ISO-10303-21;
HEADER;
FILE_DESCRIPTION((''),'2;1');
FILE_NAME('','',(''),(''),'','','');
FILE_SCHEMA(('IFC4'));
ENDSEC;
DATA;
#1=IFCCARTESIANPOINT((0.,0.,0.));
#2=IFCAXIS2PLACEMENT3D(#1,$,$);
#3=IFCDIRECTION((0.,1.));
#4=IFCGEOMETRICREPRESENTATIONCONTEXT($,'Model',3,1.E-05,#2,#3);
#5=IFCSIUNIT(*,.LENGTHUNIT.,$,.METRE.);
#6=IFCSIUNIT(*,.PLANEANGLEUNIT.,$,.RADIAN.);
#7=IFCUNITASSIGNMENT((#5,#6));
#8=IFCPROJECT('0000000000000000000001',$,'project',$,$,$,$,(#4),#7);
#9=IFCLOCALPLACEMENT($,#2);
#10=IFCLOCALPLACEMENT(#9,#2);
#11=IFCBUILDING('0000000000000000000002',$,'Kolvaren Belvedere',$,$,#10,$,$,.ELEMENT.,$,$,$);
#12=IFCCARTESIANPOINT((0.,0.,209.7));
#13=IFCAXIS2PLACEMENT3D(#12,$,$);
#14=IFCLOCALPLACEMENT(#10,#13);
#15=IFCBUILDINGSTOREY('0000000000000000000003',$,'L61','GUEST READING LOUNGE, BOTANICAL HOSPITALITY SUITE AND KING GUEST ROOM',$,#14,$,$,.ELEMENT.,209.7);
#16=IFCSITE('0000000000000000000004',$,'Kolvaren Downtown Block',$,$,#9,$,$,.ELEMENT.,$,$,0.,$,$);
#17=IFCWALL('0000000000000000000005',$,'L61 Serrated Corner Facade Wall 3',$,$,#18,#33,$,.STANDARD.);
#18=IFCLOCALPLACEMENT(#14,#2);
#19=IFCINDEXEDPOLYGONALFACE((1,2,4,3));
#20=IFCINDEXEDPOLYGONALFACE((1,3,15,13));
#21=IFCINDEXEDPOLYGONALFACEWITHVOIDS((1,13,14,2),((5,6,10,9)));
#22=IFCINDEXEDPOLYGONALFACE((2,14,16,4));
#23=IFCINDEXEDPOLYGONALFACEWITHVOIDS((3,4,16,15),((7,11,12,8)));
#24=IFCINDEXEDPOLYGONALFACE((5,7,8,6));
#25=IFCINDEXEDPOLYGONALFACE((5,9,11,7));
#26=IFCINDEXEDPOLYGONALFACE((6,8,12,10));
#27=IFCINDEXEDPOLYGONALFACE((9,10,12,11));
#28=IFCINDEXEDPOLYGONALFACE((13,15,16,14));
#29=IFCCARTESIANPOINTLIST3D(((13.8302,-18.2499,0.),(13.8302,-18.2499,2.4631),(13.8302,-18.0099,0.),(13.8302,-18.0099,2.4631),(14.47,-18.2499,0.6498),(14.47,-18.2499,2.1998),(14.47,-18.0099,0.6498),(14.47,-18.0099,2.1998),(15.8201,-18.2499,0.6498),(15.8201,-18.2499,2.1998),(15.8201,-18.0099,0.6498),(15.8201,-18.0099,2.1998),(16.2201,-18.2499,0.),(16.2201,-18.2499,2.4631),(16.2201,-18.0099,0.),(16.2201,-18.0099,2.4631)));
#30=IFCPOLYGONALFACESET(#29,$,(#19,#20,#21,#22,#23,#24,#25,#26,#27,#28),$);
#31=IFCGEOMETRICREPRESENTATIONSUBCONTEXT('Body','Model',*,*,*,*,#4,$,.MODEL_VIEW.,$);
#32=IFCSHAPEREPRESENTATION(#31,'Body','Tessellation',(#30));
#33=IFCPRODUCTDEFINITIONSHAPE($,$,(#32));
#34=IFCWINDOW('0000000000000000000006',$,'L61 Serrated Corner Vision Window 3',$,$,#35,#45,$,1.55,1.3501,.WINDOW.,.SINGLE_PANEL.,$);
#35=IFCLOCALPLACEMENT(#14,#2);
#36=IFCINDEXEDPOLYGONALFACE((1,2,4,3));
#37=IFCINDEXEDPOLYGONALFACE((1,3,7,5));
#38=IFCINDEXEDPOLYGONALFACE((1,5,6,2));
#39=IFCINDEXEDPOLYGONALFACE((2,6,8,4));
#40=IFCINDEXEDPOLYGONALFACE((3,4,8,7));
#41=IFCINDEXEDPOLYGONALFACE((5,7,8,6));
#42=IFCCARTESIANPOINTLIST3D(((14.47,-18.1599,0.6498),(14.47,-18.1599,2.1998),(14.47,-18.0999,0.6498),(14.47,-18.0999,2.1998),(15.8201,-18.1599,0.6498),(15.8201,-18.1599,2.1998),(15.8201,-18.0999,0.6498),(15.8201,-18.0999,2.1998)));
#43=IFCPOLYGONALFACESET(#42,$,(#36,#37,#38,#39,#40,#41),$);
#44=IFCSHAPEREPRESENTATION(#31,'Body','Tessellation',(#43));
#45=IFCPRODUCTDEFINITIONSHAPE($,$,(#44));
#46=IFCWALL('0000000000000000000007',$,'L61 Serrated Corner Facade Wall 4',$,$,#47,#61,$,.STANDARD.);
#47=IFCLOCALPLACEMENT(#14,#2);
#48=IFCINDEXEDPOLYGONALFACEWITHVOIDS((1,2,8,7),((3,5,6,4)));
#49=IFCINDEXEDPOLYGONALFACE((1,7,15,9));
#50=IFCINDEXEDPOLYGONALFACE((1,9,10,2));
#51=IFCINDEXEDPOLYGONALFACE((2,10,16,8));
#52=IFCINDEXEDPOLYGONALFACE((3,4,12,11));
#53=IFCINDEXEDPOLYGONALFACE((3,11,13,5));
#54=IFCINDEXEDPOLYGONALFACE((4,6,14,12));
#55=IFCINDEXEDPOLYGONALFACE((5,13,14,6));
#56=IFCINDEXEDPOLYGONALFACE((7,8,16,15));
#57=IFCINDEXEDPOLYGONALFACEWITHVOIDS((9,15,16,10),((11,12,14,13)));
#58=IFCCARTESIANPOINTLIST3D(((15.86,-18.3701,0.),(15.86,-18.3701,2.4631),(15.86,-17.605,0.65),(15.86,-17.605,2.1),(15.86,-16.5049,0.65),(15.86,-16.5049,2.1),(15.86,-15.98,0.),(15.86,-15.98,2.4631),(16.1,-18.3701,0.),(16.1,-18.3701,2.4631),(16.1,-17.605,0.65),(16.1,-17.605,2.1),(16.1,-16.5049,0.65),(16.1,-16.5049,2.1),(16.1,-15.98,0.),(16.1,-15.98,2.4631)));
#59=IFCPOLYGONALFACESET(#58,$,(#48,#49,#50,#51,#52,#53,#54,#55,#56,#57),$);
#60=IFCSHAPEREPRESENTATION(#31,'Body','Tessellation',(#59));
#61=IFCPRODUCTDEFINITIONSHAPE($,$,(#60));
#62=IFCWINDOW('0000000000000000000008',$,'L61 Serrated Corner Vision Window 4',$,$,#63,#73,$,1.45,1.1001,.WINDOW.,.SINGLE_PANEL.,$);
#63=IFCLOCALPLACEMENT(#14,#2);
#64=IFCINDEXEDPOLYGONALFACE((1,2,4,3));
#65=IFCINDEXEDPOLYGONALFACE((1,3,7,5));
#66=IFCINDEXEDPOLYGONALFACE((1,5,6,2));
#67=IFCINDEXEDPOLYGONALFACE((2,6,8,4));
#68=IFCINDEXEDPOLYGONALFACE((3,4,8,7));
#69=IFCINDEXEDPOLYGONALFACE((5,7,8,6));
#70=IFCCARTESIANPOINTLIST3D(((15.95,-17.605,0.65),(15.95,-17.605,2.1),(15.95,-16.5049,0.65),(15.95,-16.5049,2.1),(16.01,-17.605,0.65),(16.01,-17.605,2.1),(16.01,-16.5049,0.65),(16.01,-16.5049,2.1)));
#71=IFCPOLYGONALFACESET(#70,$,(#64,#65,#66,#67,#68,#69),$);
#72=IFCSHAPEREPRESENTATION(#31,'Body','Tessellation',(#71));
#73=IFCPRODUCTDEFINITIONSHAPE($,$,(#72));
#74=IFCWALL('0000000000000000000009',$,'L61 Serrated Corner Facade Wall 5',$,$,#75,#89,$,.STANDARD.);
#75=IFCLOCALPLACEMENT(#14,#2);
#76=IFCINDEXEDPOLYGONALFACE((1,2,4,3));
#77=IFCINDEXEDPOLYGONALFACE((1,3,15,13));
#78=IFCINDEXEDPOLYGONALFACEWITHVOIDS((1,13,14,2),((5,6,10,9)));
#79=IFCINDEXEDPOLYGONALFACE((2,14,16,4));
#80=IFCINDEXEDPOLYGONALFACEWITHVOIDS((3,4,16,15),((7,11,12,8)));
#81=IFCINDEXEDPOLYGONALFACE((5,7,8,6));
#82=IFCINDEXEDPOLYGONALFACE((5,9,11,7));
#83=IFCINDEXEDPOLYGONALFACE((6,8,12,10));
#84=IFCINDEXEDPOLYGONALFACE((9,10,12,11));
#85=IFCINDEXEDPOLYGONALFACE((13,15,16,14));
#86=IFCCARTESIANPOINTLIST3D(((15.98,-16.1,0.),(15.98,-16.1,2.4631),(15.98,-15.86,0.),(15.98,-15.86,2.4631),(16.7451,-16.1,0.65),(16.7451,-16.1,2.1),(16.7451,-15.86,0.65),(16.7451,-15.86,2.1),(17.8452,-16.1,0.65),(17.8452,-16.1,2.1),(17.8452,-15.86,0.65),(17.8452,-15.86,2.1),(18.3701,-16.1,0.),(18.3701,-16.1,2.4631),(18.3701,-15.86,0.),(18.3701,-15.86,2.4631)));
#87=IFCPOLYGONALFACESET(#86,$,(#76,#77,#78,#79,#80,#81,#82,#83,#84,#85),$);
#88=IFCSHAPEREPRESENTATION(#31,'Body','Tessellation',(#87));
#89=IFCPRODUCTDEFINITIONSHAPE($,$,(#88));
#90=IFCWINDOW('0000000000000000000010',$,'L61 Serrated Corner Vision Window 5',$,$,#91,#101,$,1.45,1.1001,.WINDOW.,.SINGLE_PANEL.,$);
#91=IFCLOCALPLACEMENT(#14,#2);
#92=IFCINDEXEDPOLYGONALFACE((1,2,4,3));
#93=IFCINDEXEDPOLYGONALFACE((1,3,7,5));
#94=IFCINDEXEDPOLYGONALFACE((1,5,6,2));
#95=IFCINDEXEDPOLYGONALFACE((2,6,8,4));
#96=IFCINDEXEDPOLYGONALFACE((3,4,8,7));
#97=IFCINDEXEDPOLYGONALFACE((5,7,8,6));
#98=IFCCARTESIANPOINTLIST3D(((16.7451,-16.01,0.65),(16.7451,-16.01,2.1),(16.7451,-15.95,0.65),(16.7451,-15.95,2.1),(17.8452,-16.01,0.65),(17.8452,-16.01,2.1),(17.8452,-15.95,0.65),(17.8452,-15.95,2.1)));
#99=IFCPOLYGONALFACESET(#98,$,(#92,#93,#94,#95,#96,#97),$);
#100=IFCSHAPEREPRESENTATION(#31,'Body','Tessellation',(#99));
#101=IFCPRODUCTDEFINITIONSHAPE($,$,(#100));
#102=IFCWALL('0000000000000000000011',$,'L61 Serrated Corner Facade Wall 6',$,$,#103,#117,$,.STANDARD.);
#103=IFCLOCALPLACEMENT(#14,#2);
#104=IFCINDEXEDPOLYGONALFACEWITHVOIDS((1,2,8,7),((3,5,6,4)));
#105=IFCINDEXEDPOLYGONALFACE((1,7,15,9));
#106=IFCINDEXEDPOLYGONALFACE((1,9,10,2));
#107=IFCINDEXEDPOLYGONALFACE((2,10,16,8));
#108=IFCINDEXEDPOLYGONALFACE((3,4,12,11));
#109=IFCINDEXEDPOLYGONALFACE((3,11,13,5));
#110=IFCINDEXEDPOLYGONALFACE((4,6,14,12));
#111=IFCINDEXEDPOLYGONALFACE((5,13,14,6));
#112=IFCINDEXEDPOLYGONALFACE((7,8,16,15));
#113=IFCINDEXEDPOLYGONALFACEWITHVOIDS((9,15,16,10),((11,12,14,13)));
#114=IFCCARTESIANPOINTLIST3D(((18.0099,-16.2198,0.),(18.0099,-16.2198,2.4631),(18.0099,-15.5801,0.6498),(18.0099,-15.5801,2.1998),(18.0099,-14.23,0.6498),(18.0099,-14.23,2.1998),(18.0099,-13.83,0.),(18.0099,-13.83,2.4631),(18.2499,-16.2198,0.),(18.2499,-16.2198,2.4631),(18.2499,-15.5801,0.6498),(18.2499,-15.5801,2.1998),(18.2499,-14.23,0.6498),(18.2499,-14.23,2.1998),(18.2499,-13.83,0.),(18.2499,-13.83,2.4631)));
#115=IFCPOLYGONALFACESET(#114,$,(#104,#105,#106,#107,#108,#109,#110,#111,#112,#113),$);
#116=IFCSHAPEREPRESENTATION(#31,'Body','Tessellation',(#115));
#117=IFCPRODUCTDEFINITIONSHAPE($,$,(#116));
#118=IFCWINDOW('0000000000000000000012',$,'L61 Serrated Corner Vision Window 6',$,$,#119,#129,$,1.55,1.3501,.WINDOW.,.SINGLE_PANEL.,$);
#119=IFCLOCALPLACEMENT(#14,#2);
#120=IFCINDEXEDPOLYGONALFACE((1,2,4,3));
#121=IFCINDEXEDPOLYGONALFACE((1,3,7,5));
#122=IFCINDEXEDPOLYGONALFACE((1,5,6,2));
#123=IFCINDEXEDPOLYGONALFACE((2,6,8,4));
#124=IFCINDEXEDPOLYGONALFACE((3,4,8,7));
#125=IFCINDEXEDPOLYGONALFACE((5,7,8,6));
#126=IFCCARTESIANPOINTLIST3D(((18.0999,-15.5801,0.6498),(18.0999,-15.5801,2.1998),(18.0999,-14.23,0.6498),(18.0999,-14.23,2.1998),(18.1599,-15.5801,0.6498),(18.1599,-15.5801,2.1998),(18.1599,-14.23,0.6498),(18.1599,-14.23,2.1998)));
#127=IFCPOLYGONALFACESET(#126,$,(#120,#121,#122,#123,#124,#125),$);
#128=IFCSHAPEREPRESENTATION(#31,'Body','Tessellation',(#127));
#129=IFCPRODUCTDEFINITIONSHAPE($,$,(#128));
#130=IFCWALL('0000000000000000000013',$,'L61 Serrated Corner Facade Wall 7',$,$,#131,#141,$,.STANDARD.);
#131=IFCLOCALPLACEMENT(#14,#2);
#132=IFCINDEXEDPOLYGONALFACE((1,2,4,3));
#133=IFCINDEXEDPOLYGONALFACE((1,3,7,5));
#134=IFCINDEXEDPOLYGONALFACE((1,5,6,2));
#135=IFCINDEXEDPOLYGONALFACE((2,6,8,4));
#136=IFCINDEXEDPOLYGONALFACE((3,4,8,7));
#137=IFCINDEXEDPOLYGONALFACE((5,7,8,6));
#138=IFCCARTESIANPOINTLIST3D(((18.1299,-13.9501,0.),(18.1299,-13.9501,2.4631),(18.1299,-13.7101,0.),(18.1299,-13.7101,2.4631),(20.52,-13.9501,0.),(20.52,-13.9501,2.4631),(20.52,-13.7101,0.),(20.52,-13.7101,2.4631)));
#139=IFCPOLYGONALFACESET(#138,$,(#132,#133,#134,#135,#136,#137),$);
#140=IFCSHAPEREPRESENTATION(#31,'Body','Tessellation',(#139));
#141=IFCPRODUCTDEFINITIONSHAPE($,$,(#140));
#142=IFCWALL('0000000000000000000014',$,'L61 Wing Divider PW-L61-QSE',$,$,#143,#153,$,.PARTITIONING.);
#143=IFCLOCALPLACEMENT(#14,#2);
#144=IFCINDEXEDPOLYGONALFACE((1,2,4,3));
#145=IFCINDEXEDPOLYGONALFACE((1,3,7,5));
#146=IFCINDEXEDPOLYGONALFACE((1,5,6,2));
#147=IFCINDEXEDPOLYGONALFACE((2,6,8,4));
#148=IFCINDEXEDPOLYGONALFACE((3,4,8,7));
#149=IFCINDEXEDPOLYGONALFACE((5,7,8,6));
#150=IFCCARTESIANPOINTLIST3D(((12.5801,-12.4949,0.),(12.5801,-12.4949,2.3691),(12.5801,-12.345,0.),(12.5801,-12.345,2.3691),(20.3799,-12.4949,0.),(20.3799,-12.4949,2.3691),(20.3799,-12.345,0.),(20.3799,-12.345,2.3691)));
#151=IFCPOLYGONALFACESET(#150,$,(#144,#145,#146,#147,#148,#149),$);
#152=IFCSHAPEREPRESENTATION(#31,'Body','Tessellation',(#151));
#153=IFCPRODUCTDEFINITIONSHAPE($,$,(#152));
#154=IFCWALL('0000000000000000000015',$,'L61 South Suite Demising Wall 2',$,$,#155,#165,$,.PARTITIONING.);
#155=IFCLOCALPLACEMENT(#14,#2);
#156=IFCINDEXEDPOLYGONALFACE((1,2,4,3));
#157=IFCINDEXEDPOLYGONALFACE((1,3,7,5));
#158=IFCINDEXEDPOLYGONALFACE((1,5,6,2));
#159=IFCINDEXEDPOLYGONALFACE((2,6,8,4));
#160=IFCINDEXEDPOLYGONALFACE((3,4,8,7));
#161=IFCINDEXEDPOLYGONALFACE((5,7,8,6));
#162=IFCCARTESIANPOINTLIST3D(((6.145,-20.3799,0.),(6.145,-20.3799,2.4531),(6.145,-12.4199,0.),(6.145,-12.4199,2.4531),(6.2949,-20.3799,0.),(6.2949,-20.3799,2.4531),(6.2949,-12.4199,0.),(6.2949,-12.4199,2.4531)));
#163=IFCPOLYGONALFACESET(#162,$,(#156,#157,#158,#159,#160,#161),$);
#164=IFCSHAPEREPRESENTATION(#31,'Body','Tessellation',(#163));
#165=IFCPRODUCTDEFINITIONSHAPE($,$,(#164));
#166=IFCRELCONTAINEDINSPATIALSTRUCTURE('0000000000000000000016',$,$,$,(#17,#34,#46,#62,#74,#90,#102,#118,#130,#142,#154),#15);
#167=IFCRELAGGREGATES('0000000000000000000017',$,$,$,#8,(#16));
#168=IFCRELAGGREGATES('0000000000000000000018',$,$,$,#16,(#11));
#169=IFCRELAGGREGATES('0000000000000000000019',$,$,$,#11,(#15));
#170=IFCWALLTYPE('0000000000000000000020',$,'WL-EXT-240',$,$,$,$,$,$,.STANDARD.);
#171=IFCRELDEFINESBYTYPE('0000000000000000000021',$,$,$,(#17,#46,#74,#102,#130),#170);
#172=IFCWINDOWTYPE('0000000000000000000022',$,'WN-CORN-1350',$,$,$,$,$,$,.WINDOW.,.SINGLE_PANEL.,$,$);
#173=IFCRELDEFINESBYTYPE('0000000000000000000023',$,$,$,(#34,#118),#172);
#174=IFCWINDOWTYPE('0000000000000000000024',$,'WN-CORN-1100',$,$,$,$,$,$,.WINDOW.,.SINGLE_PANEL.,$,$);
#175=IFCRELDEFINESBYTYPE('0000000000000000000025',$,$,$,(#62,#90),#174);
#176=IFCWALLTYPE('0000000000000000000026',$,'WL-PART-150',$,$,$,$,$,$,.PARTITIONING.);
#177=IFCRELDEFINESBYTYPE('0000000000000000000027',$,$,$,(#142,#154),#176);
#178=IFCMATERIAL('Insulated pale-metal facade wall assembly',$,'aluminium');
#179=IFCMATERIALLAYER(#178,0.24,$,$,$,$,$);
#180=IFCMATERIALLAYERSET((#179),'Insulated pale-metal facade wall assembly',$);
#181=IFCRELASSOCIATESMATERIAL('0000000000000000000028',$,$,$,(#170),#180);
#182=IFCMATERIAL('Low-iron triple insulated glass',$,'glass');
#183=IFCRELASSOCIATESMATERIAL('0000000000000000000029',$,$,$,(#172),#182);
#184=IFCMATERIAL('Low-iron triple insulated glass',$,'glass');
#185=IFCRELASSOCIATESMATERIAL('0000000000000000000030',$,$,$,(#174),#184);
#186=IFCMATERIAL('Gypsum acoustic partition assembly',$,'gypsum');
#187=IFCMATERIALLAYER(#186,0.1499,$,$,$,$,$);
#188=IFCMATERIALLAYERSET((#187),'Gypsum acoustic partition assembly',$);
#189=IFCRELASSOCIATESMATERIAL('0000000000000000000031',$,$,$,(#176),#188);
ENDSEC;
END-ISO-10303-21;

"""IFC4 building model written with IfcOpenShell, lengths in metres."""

from ifc_helpers import new_model, si_unit, direction, frame, frame_2d, origin, place, context, subcontext, project, spatial, rectangle, extrude, material, layer, layer_set, type_object, element, fill, save


model = new_model("IFC4")

# Units and contexts
model_context = context("Model", 3, precision=1e-05, world=origin(), true_north=direction((0.0, 1.0)))
body_context = subcontext(model_context, "Body", "Model", "MODEL_VIEW")
ifc_project = project(units=[si_unit("LENGTHUNIT", "METRE"), si_unit("PLANEANGLEUNIT", "RADIAN")], contexts=[model_context])

# Site, building, storey
site_placement = place(None, origin())
site = spatial("IfcSite", under=ifc_project, at=site_placement, Name="Kolvaren Downtown Block", CompositionType="ELEMENT", RefElevation=0.0)
building_placement = place(site_placement, origin())
building = spatial("IfcBuilding", under=site, at=building_placement, Name="Kolvaren Belvedere", CompositionType="ELEMENT")
storey_placement = place(building_placement, frame((0.0, 0.0, 209.7)))
storey = spatial("IfcBuildingStorey", under=building, at=storey_placement, Name="L61", Description="GUEST READING LOUNGE, BOTANICAL HOSPITALITY SUITE AND KING GUEST ROOM", CompositionType="ELEMENT", Elevation=209.7)

# Shared definitions
ifc_material_1 = material(Name="Insulated pale-metal facade wall assembly", Category="aluminium")
ifc_layer_1 = layer(ifc_material_1, 0.24)
ifc_layer_set_1 = layer_set([ifc_layer_1], Name="Insulated pale-metal facade wall assembly")
wall_type_1 = type_object("IfcWallType", Name="WL-EXT-240", PredefinedType="STANDARD", material=ifc_layer_set_1)

# Walls, openings, windows
wall_1_placement = place(storey_placement, frame((16.22, -18.1299, 0.0), z_axis=(0.0, 0.0, 1.0), x_axis=(-1.0, 0.0, 0.0)))
wall_1 = element("IfcWall", 1, at=wall_1_placement, inside=storey, type_object=wall_type_1, Name="L61 Serrated Corner Facade Wall 3", PredefinedType="STANDARD", context=body_context, shape_type="SweptSolid", body=[
    extrude(rectangle(XDim=2.3899, YDim=0.24, at=frame_2d((1.1948, 0.0))), origin(), (0.0, 0.0, 1.0), 2.4631),
])
opening_1_placement = place(wall_1_placement, frame((0.3999, 0.0, 0.6499)))
opening_1 = element("IfcOpeningElement", 2, at=opening_1_placement, cuts=wall_1, PredefinedType="OPENING", context=body_context, shape_type="SweptSolid", body=[
    extrude(rectangle(XDim=1.3501, YDim=1.55, at=frame_2d((0.675, 0.7749))), frame((0.0, 0.1299, 0.0), z_axis=(0.0, -1.0, 0.0), x_axis=(1.0, 0.0, 0.0)), (0.0, 0.0, 1.0), 0.26),
])
ifc_material_2 = material(Name="Low-iron triple insulated glass", Category="glass")
window_type_1 = type_object("IfcWindowType", Name="WN-CORN-1350", PartitioningType="SINGLE_PANEL", PredefinedType="WINDOW", material=ifc_material_2)
window_1_placement = place(opening_1_placement, origin())
window_1 = element("IfcWindow", 3, at=window_1_placement, inside=storey, type_object=window_type_1, Name="L61 Serrated Corner Vision Window 3", OverallHeight=1.55, OverallWidth=1.3501, PartitioningType="SINGLE_PANEL", PredefinedType="WINDOW", context=body_context, shape_type="SweptSolid", body=[
    extrude(rectangle(XDim=1.3501, YDim=1.55, at=frame_2d((0.675, 0.7749))), frame((0.0, 0.03, 0.0), z_axis=(0.0, -1.0, 0.0), x_axis=(1.0, 0.0, 0.0)), (0.0, 0.0, 1.0), 0.0601),
])
fill(opening_1, window_1)
wall_2_placement = place(storey_placement, frame((15.98, -15.98, 0.0), z_axis=(0.0, 0.0, 1.0), x_axis=(0.0, -1.0, 0.0)))
wall_2 = element("IfcWall", 4, at=wall_2_placement, inside=storey, type_object=wall_type_1, Name="L61 Serrated Corner Facade Wall 4", PredefinedType="STANDARD", context=body_context, shape_type="SweptSolid", body=[
    extrude(rectangle(XDim=2.3901, YDim=0.24, at=frame_2d((1.1951, 0.0))), origin(), (0.0, 0.0, 1.0), 2.4631),
])
opening_2_placement = place(wall_2_placement, frame((0.5249, 0.0, 0.6499)))
opening_2 = element("IfcOpeningElement", 5, at=opening_2_placement, cuts=wall_2, PredefinedType="OPENING", context=body_context, shape_type="SweptSolid", body=[
    extrude(rectangle(XDim=1.1001, YDim=1.45, at=frame_2d((0.55, 0.7251))), frame((0.0, 0.1299, 0.0), z_axis=(0.0, -1.0, 0.0), x_axis=(1.0, 0.0, 0.0)), (0.0, 0.0, 1.0), 0.26),
])
ifc_material_3 = material(Name="Low-iron triple insulated glass", Category="glass")
window_type_2 = type_object("IfcWindowType", Name="WN-CORN-1100", PartitioningType="SINGLE_PANEL", PredefinedType="WINDOW", material=ifc_material_3)
window_2_placement = place(opening_2_placement, origin())
window_2 = element("IfcWindow", 6, at=window_2_placement, inside=storey, type_object=window_type_2, Name="L61 Serrated Corner Vision Window 4", OverallHeight=1.45, OverallWidth=1.1001, PartitioningType="SINGLE_PANEL", PredefinedType="WINDOW", context=body_context, shape_type="SweptSolid", body=[
    extrude(rectangle(XDim=1.1001, YDim=1.45, at=frame_2d((0.55, 0.7251))), frame((0.0, 0.03, 0.0), z_axis=(0.0, -1.0, 0.0), x_axis=(1.0, 0.0, 0.0)), (0.0, 0.0, 1.0), 0.0601),
])
fill(opening_2, window_2)
wall_3_placement = place(storey_placement, frame((18.3701, -15.98, 0.0), z_axis=(0.0, 0.0, 1.0), x_axis=(-1.0, 0.0, 0.0)))
wall_3 = element("IfcWall", 7, at=wall_3_placement, inside=storey, type_object=wall_type_1, Name="L61 Serrated Corner Facade Wall 5", PredefinedType="STANDARD", context=body_context, shape_type="SweptSolid", body=[
    extrude(rectangle(XDim=2.3901, YDim=0.24, at=frame_2d((1.1951, 0.0))), origin(), (0.0, 0.0, 1.0), 2.4631),
])
opening_3_placement = place(wall_3_placement, frame((0.5249, 0.0, 0.6499)))
opening_3 = element("IfcOpeningElement", 8, at=opening_3_placement, cuts=wall_3, PredefinedType="OPENING", context=body_context, shape_type="SweptSolid", body=[
    extrude(rectangle(XDim=1.1001, YDim=1.45, at=frame_2d((0.55, 0.7251))), frame((0.0, 0.1299, 0.0), z_axis=(0.0, -1.0, 0.0), x_axis=(1.0, 0.0, 0.0)), (0.0, 0.0, 1.0), 0.26),
])
window_3_placement = place(opening_3_placement, origin())
window_3 = element("IfcWindow", 9, at=window_3_placement, inside=storey, type_object=window_type_2, Name="L61 Serrated Corner Vision Window 5", OverallHeight=1.45, OverallWidth=1.1001, PartitioningType="SINGLE_PANEL", PredefinedType="WINDOW", context=body_context, shape_type="SweptSolid", body=[
    extrude(rectangle(XDim=1.1001, YDim=1.45, at=frame_2d((0.55, 0.7251))), frame((0.0, 0.03, 0.0), z_axis=(0.0, -1.0, 0.0), x_axis=(1.0, 0.0, 0.0)), (0.0, 0.0, 1.0), 0.0601),
])
fill(opening_3, window_3)
wall_4_placement = place(storey_placement, frame((18.1299, -13.8301, 0.0), z_axis=(0.0, 0.0, 1.0), x_axis=(0.0, -1.0, 0.0)))
wall_4 = element("IfcWall", 10, at=wall_4_placement, inside=storey, type_object=wall_type_1, Name="L61 Serrated Corner Facade Wall 6", PredefinedType="STANDARD", context=body_context, shape_type="SweptSolid", body=[
    extrude(rectangle(XDim=2.3899, YDim=0.24, at=frame_2d((1.1948, 0.0))), origin(), (0.0, 0.0, 1.0), 2.4631),
])
opening_4_placement = place(wall_4_placement, frame((0.3999, 0.0, 0.6499)))
opening_4 = element("IfcOpeningElement", 11, at=opening_4_placement, cuts=wall_4, PredefinedType="OPENING", context=body_context, shape_type="SweptSolid", body=[
    extrude(rectangle(XDim=1.3501, YDim=1.55, at=frame_2d((0.675, 0.7749))), frame((0.0, 0.1299, 0.0), z_axis=(0.0, -1.0, 0.0), x_axis=(1.0, 0.0, 0.0)), (0.0, 0.0, 1.0), 0.26),
])
window_4_placement = place(opening_4_placement, origin())
window_4 = element("IfcWindow", 12, at=window_4_placement, inside=storey, type_object=window_type_1, Name="L61 Serrated Corner Vision Window 6", OverallHeight=1.55, OverallWidth=1.3501, PartitioningType="SINGLE_PANEL", PredefinedType="WINDOW", context=body_context, shape_type="SweptSolid", body=[
    extrude(rectangle(XDim=1.3501, YDim=1.55, at=frame_2d((0.675, 0.7749))), frame((0.0, 0.03, 0.0), z_axis=(0.0, -1.0, 0.0), x_axis=(1.0, 0.0, 0.0)), (0.0, 0.0, 1.0), 0.0601),
])
fill(opening_4, window_4)

# Walls
wall_5_placement = place(storey_placement, frame((20.52, -13.8301, 0.0), z_axis=(0.0, 0.0, 1.0), x_axis=(-1.0, 0.0, 0.0)))
element("IfcWall", 13, at=wall_5_placement, inside=storey, type_object=wall_type_1, Name="L61 Serrated Corner Facade Wall 7", PredefinedType="STANDARD", context=body_context, shape_type="SweptSolid", body=[
    extrude(rectangle(XDim=2.3901, YDim=0.24, at=frame_2d((1.1951, 0.0))), origin(), (0.0, 0.0, 1.0), 2.4631),
])
ifc_material_4 = material(Name="Gypsum acoustic partition assembly", Category="gypsum")
ifc_layer_2 = layer(ifc_material_4, 0.1499)
ifc_layer_set_2 = layer_set([ifc_layer_2], Name="Gypsum acoustic partition assembly")
wall_type_2 = type_object("IfcWallType", Name="WL-PART-150", PredefinedType="PARTITIONING", material=ifc_layer_set_2)
wall_6_placement = place(storey_placement, frame((12.5801, -12.4199, 0.0), z_axis=(0.0, 0.0, 1.0), x_axis=(1.0, 0.0, 0.0)))
element("IfcWall", 14, at=wall_6_placement, inside=storey, type_object=wall_type_2, Name="L61 Wing Divider PW-L61-QSE", PredefinedType="PARTITIONING", context=body_context, shape_type="SweptSolid", body=[
    extrude(rectangle(XDim=7.7998, YDim=0.1499, at=frame_2d((3.8999, 0.0))), origin(), (0.0, 0.0, 1.0), 2.3691),
])
wall_7_placement = place(storey_placement, frame((6.22, -20.3799, 0.0), z_axis=(0.0, 0.0, 1.0), x_axis=(0.0, 1.0, 0.0)))
element("IfcWall", 15, at=wall_7_placement, inside=storey, type_object=wall_type_2, Name="L61 South Suite Demising Wall 2", PredefinedType="PARTITIONING", context=body_context, shape_type="SweptSolid", body=[
    extrude(rectangle(XDim=7.96, YDim=0.1499, at=frame_2d((3.98, 0.0))), origin(), (0.0, 0.0, 1.0), 2.4531),
])

save(model, "model.ifc")
